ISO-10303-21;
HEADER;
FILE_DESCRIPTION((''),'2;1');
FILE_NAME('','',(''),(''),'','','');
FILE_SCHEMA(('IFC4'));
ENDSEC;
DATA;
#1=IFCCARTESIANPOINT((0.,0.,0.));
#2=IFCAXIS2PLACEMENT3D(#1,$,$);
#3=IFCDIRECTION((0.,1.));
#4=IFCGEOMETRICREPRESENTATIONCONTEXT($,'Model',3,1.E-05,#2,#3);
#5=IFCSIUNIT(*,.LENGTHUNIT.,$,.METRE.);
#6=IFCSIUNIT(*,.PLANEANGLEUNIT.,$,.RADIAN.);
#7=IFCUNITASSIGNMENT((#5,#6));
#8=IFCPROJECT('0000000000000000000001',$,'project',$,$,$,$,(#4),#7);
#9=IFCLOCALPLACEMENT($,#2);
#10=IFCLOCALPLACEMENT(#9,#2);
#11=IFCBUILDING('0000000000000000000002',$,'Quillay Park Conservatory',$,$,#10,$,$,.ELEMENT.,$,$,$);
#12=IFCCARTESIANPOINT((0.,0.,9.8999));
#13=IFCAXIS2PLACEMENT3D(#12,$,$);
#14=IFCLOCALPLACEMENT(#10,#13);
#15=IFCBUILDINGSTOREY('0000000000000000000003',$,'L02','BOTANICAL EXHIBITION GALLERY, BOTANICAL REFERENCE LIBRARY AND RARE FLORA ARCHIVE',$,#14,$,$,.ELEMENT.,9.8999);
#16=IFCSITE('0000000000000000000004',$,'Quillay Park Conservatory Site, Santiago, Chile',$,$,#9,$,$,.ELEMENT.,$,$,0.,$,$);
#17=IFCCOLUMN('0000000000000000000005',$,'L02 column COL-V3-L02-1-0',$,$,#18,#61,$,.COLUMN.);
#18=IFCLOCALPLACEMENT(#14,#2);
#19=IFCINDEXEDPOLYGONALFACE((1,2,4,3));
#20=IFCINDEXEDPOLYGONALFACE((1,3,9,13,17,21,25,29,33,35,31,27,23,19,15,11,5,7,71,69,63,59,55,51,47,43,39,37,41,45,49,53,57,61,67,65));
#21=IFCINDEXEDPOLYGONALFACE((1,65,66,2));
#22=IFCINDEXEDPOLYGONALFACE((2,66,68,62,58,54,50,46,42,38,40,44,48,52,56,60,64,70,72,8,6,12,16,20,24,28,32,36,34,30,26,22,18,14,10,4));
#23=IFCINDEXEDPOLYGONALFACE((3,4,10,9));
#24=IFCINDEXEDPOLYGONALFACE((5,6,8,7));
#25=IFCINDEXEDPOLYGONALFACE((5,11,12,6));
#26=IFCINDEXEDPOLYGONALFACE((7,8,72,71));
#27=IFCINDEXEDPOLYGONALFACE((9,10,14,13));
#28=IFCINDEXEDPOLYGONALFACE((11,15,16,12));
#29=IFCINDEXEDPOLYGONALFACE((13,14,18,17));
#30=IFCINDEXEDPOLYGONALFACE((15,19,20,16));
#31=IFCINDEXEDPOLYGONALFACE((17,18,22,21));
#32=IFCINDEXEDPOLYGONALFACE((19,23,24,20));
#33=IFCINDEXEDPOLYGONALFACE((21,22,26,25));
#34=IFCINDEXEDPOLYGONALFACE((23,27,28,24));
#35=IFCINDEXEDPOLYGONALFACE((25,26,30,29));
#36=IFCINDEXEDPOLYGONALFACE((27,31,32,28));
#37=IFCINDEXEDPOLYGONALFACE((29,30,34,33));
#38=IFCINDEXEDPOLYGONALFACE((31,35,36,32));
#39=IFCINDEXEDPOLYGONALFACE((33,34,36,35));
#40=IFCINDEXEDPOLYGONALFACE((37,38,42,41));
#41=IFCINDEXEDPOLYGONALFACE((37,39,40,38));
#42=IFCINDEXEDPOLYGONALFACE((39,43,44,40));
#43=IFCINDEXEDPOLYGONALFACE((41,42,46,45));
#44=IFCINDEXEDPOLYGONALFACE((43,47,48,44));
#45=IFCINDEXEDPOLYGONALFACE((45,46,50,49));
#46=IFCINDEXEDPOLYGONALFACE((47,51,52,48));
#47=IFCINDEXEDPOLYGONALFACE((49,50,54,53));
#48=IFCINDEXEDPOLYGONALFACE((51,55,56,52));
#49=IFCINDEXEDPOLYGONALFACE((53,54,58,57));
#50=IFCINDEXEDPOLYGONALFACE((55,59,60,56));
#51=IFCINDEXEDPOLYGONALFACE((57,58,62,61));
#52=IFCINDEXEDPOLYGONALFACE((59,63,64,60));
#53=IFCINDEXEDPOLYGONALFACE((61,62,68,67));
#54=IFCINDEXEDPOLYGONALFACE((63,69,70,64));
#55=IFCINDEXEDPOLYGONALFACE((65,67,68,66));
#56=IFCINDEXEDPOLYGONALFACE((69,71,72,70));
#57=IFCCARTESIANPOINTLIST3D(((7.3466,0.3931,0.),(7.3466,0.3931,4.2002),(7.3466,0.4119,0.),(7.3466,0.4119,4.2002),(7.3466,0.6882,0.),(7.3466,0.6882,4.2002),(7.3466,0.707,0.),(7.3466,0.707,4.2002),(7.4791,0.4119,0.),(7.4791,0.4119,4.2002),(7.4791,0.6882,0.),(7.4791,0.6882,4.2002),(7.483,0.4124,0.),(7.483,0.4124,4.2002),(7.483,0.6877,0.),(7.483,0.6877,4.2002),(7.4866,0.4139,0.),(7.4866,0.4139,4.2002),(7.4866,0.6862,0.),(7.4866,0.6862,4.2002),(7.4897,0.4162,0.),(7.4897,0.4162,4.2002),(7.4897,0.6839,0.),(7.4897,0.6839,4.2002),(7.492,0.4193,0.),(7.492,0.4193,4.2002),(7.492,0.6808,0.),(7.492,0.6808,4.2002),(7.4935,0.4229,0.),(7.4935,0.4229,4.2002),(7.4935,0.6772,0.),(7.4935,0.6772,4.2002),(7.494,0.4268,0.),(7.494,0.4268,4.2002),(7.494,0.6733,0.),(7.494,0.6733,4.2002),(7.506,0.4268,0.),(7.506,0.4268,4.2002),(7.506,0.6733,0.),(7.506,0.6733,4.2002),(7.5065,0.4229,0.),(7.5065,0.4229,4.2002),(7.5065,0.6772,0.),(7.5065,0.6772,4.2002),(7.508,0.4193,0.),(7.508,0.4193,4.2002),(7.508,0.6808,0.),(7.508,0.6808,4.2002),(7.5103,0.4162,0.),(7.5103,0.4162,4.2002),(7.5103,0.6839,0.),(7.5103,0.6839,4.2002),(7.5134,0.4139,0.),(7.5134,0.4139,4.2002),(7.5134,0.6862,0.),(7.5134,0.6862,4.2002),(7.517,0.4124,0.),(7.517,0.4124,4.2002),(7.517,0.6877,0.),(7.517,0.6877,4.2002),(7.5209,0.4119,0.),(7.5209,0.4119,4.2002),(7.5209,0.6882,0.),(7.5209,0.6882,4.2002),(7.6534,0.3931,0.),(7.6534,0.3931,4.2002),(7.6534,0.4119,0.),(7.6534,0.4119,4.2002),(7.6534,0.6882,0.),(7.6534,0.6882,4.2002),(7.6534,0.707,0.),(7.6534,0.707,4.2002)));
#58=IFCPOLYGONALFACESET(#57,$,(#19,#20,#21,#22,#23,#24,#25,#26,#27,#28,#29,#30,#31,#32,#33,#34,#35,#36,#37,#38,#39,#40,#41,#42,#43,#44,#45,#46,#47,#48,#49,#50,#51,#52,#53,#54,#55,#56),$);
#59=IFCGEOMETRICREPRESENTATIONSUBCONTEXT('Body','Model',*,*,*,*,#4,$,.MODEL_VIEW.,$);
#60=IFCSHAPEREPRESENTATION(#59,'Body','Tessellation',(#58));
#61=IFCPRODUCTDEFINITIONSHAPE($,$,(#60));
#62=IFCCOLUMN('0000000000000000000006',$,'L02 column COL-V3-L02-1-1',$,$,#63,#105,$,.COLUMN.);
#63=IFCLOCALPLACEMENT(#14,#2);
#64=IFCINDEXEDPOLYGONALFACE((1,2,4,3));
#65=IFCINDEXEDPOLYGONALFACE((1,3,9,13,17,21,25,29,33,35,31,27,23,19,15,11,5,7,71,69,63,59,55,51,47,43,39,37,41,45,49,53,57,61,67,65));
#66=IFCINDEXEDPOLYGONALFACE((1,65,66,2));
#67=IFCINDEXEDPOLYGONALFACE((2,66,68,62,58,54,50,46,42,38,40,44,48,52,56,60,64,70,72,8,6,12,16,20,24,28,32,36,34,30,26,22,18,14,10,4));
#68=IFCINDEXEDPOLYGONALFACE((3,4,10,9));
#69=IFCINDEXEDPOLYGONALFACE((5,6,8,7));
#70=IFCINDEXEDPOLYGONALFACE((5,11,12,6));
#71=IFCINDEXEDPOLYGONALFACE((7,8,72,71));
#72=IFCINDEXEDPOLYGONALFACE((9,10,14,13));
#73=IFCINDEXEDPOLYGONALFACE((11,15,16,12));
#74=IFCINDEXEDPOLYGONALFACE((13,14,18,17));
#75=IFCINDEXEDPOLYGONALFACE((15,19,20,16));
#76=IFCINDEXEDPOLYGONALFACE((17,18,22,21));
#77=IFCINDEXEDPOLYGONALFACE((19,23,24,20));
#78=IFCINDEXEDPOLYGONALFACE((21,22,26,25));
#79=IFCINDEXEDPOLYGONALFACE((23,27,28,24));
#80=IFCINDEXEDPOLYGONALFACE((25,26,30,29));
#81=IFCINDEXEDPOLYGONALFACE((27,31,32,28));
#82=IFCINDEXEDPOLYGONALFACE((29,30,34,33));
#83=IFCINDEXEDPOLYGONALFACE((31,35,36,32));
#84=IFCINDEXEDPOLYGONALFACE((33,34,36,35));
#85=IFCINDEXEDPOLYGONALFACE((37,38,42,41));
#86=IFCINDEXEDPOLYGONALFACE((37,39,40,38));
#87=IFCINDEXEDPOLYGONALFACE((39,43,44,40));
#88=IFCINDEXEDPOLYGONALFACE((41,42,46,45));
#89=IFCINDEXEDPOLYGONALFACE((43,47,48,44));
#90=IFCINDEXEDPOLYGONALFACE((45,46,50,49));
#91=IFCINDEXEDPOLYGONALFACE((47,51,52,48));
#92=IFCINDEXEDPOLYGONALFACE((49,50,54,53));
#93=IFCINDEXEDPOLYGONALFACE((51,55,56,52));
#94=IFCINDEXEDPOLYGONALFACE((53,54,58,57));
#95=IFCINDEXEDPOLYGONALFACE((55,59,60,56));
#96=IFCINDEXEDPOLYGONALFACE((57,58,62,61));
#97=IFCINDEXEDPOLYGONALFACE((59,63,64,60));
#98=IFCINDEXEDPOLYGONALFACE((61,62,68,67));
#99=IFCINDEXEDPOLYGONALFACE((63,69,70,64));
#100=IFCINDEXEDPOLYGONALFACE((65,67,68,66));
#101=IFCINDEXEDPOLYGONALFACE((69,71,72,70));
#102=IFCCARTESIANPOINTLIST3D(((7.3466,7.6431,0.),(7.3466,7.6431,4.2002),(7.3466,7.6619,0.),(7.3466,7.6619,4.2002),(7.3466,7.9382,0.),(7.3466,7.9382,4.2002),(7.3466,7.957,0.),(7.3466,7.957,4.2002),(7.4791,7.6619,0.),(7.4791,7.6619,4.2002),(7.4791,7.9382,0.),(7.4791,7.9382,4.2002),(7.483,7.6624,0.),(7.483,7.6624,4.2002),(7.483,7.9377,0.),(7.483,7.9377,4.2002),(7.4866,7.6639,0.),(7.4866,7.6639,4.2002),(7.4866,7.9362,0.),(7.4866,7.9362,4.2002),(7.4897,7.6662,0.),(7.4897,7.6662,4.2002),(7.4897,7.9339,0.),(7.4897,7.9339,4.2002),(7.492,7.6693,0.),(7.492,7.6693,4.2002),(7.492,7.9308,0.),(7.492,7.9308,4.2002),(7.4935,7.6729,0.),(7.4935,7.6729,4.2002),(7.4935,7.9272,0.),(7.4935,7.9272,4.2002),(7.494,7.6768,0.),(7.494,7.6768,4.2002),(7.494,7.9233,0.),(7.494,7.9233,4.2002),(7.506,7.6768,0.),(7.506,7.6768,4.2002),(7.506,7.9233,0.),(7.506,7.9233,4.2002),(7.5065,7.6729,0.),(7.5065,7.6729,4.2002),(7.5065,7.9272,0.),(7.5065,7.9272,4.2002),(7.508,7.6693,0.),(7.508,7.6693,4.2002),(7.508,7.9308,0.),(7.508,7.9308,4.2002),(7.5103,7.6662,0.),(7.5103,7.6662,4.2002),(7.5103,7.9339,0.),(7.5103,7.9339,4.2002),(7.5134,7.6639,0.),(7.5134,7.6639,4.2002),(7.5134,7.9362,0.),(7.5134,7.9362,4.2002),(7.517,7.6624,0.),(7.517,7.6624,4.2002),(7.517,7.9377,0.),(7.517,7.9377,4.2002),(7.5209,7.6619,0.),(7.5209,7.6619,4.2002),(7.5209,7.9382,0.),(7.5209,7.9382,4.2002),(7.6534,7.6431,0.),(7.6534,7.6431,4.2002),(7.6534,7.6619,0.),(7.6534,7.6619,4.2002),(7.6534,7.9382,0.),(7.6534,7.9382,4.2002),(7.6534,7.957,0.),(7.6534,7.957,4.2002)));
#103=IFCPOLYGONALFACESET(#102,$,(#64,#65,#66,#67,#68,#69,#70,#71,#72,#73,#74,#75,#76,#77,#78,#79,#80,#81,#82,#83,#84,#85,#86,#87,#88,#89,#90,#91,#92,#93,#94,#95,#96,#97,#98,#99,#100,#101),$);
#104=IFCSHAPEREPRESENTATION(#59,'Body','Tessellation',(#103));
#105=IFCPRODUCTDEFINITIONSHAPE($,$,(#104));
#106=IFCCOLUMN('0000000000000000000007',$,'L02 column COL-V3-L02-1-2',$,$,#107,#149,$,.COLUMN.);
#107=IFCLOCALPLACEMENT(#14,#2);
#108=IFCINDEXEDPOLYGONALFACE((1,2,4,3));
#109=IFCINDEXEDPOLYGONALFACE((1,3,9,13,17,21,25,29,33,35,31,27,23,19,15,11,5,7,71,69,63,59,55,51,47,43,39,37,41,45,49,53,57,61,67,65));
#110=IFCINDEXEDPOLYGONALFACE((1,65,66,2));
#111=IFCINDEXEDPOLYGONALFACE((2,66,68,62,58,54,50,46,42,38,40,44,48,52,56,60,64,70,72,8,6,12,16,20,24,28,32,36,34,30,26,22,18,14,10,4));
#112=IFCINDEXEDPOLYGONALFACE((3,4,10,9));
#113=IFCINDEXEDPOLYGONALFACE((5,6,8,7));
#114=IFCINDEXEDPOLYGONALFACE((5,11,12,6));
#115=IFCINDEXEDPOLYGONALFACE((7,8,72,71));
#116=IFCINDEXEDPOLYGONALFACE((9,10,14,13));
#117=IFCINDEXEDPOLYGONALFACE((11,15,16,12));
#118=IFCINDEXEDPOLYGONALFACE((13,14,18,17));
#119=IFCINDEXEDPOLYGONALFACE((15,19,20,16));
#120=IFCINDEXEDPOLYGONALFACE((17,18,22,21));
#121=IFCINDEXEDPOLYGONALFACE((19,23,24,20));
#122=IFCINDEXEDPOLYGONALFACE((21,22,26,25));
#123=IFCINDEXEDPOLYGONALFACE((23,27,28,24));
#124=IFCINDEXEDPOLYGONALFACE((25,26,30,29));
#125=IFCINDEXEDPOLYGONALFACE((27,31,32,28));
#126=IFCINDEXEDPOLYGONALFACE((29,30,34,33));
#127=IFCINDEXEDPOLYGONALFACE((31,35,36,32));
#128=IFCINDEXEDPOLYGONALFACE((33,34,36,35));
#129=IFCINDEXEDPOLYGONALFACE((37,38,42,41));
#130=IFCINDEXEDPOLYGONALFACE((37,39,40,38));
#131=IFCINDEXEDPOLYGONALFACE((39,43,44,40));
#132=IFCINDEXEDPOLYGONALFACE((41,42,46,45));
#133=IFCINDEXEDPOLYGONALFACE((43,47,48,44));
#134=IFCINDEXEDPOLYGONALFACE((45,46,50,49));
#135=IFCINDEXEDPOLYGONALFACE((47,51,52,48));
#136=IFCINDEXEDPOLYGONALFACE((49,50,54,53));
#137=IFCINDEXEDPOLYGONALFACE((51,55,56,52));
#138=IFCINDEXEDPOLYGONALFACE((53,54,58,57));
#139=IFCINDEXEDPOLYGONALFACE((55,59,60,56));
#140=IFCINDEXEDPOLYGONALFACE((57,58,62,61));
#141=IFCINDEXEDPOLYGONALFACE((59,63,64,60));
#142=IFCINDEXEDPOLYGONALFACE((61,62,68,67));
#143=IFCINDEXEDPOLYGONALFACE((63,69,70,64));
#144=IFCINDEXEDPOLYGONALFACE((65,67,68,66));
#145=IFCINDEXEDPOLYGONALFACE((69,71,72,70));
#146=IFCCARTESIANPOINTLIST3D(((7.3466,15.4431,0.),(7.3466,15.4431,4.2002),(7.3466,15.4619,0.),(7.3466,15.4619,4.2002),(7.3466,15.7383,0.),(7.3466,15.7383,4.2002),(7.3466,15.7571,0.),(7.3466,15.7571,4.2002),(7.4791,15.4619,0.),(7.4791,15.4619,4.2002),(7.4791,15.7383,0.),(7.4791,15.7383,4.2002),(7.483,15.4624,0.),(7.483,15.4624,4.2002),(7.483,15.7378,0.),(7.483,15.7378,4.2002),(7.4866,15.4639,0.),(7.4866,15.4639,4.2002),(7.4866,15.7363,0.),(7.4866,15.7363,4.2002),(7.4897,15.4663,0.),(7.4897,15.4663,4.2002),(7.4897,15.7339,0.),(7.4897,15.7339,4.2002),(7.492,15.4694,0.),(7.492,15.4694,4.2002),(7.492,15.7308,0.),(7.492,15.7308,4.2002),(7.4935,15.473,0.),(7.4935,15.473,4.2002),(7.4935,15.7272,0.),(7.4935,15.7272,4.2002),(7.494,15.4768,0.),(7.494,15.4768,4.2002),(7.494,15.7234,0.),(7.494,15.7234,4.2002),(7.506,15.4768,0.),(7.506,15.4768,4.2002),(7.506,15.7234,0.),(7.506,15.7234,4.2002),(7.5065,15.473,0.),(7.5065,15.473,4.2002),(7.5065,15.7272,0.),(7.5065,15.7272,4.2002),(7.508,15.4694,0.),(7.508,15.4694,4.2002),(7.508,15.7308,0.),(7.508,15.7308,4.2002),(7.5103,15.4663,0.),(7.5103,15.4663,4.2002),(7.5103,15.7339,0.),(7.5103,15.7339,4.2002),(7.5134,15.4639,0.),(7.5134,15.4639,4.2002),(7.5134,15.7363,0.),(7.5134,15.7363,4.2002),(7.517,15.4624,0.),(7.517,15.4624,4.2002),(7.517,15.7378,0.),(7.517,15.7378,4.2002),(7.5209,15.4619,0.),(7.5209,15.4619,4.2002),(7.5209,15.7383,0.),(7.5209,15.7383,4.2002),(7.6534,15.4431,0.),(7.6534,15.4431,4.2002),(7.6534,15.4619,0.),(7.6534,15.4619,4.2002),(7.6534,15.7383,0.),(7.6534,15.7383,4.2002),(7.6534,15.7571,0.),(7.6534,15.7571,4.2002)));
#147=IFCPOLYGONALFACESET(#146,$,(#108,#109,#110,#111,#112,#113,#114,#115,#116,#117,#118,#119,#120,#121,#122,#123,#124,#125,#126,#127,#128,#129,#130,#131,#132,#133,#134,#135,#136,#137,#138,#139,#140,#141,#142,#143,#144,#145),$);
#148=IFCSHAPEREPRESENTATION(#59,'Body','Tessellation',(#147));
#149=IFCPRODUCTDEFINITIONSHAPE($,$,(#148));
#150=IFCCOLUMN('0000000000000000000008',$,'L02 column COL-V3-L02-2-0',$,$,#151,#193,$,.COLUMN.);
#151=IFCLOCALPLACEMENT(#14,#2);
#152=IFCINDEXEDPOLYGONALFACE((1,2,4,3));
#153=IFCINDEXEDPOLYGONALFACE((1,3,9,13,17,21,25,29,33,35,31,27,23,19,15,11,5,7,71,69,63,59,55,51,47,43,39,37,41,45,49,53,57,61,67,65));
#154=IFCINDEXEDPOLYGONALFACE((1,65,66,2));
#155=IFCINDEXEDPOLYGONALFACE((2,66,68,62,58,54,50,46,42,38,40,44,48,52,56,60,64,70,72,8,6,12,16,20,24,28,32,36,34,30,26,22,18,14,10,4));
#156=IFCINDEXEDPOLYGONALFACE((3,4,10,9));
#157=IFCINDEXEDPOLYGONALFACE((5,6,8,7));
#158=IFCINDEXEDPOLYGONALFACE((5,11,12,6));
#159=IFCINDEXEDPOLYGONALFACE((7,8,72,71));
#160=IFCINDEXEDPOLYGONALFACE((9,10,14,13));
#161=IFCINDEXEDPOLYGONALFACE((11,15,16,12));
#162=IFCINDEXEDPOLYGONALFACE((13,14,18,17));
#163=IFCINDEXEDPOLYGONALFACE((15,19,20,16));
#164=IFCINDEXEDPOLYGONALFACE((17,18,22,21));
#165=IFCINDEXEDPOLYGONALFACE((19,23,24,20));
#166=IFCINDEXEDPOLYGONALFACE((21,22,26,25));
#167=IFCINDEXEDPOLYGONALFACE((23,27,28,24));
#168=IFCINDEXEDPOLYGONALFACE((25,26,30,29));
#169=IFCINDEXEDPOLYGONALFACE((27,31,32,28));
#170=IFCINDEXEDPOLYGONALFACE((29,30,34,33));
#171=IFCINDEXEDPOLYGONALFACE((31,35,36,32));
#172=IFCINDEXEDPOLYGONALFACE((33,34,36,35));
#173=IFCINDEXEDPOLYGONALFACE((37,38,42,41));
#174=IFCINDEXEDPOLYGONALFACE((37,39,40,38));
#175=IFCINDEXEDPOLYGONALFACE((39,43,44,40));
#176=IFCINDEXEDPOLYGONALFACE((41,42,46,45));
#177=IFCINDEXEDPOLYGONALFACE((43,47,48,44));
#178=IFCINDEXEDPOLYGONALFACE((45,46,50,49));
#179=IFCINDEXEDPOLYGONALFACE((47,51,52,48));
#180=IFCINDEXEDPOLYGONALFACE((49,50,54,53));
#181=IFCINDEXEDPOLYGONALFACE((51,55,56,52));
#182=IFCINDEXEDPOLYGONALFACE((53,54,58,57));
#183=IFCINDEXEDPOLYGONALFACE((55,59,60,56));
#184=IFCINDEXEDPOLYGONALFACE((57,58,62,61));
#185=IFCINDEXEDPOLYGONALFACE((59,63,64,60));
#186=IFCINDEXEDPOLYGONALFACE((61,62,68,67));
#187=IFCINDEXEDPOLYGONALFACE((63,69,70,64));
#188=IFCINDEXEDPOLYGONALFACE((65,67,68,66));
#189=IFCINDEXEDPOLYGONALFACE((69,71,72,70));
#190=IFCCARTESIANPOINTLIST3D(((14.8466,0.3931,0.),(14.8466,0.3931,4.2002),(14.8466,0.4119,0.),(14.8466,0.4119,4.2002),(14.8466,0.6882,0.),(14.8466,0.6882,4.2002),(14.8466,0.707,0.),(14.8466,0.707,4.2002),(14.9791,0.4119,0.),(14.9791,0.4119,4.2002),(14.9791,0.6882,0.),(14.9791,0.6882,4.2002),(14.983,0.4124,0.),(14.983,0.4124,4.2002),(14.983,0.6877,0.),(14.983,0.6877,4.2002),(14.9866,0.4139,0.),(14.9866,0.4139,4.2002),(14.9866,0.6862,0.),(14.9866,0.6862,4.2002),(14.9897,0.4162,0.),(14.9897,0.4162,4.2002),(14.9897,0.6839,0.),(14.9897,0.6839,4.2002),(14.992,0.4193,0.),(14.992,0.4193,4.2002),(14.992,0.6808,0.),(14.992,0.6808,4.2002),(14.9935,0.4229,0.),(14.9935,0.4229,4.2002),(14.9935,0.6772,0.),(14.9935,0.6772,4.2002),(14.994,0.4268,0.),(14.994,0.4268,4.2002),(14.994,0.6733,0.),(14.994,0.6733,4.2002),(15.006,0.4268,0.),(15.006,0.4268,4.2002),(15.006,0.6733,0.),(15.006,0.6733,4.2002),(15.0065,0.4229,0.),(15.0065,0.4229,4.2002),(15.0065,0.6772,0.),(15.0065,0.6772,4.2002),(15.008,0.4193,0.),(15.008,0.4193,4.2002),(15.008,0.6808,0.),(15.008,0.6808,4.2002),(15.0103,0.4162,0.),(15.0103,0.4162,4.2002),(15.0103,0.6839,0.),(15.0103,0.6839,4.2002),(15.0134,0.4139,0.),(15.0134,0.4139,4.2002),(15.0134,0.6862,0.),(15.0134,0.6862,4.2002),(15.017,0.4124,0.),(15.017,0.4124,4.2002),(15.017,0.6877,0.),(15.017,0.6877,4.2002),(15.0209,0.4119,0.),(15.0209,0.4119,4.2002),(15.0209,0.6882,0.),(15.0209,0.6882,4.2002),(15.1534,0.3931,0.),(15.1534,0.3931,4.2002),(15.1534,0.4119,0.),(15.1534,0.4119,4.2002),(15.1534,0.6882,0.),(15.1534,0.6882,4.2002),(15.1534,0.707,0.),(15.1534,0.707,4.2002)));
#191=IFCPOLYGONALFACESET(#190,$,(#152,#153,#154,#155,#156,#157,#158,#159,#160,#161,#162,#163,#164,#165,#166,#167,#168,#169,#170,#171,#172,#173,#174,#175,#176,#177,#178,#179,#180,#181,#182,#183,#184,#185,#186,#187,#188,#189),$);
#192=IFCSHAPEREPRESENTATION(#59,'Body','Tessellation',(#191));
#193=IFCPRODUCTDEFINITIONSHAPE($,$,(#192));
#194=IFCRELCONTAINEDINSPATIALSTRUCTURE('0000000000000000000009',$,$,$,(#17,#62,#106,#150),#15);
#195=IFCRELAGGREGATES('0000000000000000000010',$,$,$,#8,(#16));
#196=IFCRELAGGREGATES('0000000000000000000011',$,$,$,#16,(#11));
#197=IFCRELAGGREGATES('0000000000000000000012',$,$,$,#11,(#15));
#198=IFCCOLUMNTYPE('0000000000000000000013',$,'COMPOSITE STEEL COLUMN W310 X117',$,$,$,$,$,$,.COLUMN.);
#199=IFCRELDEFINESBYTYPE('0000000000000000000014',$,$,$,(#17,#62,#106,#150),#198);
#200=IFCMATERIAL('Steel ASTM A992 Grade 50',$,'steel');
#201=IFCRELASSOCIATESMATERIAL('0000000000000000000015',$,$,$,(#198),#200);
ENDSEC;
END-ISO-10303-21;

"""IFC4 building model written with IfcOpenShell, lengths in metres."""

from ifc_helpers import new_model, si_unit, direction, frame, origin, origin_2d, place, context, subcontext, project, spatial, i_section, extrude, material, material_profile, profile_set, type_object, element, save


model = new_model("IFC4")

# Units and contexts
model_context = context("Model", 3, precision=1e-05, world=origin(), true_north=direction((0.0, 1.0)))
body_context = subcontext(model_context, "Body", "Model", "MODEL_VIEW")
ifc_project = project(units=[si_unit("LENGTHUNIT", "METRE"), si_unit("PLANEANGLEUNIT", "RADIAN")], contexts=[model_context])

# Site, building, storey
site_placement = place(None, origin())
site = spatial("IfcSite", under=ifc_project, at=site_placement, Name="Quillay Park Conservatory Site, Santiago, Chile", CompositionType="ELEMENT", RefElevation=0.0)
building_placement = place(site_placement, origin())
building = spatial("IfcBuilding", under=site, at=building_placement, Name="Quillay Park Conservatory", CompositionType="ELEMENT")
storey_placement = place(building_placement, frame((0.0, 0.0, 9.8999)))
storey = spatial("IfcBuildingStorey", under=building, at=storey_placement, Name="L02", Description="BOTANICAL EXHIBITION GALLERY, BOTANICAL REFERENCE LIBRARY AND RARE FLORA ARCHIVE", CompositionType="ELEMENT", Elevation=9.8999)

# Columns
ifc_material_1 = material(Name="Steel ASTM A992 Grade 50", Category="steel")
ifc_material_profile_1 = material_profile(ifc_material_1, i_section(OverallWidth=0.3069, OverallDepth=0.314, WebThickness=0.012, FlangeThickness=0.0188, FilletRadius=0.0149, at=origin_2d()), Name="W310x117")
ifc_profile_set_1 = profile_set([ifc_material_profile_1], Name="Steel ASTM A992 Grade 50")
column_type = type_object("IfcColumnType", Name="COMPOSITE STEEL COLUMN W310 X117", PredefinedType="COLUMN", material=ifc_profile_set_1)
for number, where, z_axis, x_axis, name in (
    (1, (7.5, 0.55, 0.0), (0.0, 0.0, 1.0), (1.0, 0.0, 0.0), "L02 column COL-V3-L02-1-0"),
    (2, (7.5, 7.8, 0.0), (0.0, 0.0, 1.0), (1.0, 0.0, 0.0), "L02 column COL-V3-L02-1-1"),
    (3, (7.5, 15.6001, 0.0), (0.0, 0.0, 1.0), (1.0, 0.0, 0.0), "L02 column COL-V3-L02-1-2"),
    (4, (15.0, 0.55, 0.0), (0.0, 0.0, 1.0), (1.0, 0.0, 0.0), "L02 column COL-V3-L02-2-0"),
):
    element("IfcColumn", number, at=place(storey_placement, frame(where, z_axis=z_axis, x_axis=x_axis)), inside=storey, type_object=column_type, Name=name, PredefinedType="COLUMN", context=body_context, shape_type="SweptSolid", body=[
        extrude(i_section(OverallWidth=0.3069, OverallDepth=0.314, WebThickness=0.012, FlangeThickness=0.0188, FilletRadius=0.0149, at=origin_2d()), origin(), (0.0, 0.0, 1.0), 4.2002),
    ])

save(model, "model.ifc")
